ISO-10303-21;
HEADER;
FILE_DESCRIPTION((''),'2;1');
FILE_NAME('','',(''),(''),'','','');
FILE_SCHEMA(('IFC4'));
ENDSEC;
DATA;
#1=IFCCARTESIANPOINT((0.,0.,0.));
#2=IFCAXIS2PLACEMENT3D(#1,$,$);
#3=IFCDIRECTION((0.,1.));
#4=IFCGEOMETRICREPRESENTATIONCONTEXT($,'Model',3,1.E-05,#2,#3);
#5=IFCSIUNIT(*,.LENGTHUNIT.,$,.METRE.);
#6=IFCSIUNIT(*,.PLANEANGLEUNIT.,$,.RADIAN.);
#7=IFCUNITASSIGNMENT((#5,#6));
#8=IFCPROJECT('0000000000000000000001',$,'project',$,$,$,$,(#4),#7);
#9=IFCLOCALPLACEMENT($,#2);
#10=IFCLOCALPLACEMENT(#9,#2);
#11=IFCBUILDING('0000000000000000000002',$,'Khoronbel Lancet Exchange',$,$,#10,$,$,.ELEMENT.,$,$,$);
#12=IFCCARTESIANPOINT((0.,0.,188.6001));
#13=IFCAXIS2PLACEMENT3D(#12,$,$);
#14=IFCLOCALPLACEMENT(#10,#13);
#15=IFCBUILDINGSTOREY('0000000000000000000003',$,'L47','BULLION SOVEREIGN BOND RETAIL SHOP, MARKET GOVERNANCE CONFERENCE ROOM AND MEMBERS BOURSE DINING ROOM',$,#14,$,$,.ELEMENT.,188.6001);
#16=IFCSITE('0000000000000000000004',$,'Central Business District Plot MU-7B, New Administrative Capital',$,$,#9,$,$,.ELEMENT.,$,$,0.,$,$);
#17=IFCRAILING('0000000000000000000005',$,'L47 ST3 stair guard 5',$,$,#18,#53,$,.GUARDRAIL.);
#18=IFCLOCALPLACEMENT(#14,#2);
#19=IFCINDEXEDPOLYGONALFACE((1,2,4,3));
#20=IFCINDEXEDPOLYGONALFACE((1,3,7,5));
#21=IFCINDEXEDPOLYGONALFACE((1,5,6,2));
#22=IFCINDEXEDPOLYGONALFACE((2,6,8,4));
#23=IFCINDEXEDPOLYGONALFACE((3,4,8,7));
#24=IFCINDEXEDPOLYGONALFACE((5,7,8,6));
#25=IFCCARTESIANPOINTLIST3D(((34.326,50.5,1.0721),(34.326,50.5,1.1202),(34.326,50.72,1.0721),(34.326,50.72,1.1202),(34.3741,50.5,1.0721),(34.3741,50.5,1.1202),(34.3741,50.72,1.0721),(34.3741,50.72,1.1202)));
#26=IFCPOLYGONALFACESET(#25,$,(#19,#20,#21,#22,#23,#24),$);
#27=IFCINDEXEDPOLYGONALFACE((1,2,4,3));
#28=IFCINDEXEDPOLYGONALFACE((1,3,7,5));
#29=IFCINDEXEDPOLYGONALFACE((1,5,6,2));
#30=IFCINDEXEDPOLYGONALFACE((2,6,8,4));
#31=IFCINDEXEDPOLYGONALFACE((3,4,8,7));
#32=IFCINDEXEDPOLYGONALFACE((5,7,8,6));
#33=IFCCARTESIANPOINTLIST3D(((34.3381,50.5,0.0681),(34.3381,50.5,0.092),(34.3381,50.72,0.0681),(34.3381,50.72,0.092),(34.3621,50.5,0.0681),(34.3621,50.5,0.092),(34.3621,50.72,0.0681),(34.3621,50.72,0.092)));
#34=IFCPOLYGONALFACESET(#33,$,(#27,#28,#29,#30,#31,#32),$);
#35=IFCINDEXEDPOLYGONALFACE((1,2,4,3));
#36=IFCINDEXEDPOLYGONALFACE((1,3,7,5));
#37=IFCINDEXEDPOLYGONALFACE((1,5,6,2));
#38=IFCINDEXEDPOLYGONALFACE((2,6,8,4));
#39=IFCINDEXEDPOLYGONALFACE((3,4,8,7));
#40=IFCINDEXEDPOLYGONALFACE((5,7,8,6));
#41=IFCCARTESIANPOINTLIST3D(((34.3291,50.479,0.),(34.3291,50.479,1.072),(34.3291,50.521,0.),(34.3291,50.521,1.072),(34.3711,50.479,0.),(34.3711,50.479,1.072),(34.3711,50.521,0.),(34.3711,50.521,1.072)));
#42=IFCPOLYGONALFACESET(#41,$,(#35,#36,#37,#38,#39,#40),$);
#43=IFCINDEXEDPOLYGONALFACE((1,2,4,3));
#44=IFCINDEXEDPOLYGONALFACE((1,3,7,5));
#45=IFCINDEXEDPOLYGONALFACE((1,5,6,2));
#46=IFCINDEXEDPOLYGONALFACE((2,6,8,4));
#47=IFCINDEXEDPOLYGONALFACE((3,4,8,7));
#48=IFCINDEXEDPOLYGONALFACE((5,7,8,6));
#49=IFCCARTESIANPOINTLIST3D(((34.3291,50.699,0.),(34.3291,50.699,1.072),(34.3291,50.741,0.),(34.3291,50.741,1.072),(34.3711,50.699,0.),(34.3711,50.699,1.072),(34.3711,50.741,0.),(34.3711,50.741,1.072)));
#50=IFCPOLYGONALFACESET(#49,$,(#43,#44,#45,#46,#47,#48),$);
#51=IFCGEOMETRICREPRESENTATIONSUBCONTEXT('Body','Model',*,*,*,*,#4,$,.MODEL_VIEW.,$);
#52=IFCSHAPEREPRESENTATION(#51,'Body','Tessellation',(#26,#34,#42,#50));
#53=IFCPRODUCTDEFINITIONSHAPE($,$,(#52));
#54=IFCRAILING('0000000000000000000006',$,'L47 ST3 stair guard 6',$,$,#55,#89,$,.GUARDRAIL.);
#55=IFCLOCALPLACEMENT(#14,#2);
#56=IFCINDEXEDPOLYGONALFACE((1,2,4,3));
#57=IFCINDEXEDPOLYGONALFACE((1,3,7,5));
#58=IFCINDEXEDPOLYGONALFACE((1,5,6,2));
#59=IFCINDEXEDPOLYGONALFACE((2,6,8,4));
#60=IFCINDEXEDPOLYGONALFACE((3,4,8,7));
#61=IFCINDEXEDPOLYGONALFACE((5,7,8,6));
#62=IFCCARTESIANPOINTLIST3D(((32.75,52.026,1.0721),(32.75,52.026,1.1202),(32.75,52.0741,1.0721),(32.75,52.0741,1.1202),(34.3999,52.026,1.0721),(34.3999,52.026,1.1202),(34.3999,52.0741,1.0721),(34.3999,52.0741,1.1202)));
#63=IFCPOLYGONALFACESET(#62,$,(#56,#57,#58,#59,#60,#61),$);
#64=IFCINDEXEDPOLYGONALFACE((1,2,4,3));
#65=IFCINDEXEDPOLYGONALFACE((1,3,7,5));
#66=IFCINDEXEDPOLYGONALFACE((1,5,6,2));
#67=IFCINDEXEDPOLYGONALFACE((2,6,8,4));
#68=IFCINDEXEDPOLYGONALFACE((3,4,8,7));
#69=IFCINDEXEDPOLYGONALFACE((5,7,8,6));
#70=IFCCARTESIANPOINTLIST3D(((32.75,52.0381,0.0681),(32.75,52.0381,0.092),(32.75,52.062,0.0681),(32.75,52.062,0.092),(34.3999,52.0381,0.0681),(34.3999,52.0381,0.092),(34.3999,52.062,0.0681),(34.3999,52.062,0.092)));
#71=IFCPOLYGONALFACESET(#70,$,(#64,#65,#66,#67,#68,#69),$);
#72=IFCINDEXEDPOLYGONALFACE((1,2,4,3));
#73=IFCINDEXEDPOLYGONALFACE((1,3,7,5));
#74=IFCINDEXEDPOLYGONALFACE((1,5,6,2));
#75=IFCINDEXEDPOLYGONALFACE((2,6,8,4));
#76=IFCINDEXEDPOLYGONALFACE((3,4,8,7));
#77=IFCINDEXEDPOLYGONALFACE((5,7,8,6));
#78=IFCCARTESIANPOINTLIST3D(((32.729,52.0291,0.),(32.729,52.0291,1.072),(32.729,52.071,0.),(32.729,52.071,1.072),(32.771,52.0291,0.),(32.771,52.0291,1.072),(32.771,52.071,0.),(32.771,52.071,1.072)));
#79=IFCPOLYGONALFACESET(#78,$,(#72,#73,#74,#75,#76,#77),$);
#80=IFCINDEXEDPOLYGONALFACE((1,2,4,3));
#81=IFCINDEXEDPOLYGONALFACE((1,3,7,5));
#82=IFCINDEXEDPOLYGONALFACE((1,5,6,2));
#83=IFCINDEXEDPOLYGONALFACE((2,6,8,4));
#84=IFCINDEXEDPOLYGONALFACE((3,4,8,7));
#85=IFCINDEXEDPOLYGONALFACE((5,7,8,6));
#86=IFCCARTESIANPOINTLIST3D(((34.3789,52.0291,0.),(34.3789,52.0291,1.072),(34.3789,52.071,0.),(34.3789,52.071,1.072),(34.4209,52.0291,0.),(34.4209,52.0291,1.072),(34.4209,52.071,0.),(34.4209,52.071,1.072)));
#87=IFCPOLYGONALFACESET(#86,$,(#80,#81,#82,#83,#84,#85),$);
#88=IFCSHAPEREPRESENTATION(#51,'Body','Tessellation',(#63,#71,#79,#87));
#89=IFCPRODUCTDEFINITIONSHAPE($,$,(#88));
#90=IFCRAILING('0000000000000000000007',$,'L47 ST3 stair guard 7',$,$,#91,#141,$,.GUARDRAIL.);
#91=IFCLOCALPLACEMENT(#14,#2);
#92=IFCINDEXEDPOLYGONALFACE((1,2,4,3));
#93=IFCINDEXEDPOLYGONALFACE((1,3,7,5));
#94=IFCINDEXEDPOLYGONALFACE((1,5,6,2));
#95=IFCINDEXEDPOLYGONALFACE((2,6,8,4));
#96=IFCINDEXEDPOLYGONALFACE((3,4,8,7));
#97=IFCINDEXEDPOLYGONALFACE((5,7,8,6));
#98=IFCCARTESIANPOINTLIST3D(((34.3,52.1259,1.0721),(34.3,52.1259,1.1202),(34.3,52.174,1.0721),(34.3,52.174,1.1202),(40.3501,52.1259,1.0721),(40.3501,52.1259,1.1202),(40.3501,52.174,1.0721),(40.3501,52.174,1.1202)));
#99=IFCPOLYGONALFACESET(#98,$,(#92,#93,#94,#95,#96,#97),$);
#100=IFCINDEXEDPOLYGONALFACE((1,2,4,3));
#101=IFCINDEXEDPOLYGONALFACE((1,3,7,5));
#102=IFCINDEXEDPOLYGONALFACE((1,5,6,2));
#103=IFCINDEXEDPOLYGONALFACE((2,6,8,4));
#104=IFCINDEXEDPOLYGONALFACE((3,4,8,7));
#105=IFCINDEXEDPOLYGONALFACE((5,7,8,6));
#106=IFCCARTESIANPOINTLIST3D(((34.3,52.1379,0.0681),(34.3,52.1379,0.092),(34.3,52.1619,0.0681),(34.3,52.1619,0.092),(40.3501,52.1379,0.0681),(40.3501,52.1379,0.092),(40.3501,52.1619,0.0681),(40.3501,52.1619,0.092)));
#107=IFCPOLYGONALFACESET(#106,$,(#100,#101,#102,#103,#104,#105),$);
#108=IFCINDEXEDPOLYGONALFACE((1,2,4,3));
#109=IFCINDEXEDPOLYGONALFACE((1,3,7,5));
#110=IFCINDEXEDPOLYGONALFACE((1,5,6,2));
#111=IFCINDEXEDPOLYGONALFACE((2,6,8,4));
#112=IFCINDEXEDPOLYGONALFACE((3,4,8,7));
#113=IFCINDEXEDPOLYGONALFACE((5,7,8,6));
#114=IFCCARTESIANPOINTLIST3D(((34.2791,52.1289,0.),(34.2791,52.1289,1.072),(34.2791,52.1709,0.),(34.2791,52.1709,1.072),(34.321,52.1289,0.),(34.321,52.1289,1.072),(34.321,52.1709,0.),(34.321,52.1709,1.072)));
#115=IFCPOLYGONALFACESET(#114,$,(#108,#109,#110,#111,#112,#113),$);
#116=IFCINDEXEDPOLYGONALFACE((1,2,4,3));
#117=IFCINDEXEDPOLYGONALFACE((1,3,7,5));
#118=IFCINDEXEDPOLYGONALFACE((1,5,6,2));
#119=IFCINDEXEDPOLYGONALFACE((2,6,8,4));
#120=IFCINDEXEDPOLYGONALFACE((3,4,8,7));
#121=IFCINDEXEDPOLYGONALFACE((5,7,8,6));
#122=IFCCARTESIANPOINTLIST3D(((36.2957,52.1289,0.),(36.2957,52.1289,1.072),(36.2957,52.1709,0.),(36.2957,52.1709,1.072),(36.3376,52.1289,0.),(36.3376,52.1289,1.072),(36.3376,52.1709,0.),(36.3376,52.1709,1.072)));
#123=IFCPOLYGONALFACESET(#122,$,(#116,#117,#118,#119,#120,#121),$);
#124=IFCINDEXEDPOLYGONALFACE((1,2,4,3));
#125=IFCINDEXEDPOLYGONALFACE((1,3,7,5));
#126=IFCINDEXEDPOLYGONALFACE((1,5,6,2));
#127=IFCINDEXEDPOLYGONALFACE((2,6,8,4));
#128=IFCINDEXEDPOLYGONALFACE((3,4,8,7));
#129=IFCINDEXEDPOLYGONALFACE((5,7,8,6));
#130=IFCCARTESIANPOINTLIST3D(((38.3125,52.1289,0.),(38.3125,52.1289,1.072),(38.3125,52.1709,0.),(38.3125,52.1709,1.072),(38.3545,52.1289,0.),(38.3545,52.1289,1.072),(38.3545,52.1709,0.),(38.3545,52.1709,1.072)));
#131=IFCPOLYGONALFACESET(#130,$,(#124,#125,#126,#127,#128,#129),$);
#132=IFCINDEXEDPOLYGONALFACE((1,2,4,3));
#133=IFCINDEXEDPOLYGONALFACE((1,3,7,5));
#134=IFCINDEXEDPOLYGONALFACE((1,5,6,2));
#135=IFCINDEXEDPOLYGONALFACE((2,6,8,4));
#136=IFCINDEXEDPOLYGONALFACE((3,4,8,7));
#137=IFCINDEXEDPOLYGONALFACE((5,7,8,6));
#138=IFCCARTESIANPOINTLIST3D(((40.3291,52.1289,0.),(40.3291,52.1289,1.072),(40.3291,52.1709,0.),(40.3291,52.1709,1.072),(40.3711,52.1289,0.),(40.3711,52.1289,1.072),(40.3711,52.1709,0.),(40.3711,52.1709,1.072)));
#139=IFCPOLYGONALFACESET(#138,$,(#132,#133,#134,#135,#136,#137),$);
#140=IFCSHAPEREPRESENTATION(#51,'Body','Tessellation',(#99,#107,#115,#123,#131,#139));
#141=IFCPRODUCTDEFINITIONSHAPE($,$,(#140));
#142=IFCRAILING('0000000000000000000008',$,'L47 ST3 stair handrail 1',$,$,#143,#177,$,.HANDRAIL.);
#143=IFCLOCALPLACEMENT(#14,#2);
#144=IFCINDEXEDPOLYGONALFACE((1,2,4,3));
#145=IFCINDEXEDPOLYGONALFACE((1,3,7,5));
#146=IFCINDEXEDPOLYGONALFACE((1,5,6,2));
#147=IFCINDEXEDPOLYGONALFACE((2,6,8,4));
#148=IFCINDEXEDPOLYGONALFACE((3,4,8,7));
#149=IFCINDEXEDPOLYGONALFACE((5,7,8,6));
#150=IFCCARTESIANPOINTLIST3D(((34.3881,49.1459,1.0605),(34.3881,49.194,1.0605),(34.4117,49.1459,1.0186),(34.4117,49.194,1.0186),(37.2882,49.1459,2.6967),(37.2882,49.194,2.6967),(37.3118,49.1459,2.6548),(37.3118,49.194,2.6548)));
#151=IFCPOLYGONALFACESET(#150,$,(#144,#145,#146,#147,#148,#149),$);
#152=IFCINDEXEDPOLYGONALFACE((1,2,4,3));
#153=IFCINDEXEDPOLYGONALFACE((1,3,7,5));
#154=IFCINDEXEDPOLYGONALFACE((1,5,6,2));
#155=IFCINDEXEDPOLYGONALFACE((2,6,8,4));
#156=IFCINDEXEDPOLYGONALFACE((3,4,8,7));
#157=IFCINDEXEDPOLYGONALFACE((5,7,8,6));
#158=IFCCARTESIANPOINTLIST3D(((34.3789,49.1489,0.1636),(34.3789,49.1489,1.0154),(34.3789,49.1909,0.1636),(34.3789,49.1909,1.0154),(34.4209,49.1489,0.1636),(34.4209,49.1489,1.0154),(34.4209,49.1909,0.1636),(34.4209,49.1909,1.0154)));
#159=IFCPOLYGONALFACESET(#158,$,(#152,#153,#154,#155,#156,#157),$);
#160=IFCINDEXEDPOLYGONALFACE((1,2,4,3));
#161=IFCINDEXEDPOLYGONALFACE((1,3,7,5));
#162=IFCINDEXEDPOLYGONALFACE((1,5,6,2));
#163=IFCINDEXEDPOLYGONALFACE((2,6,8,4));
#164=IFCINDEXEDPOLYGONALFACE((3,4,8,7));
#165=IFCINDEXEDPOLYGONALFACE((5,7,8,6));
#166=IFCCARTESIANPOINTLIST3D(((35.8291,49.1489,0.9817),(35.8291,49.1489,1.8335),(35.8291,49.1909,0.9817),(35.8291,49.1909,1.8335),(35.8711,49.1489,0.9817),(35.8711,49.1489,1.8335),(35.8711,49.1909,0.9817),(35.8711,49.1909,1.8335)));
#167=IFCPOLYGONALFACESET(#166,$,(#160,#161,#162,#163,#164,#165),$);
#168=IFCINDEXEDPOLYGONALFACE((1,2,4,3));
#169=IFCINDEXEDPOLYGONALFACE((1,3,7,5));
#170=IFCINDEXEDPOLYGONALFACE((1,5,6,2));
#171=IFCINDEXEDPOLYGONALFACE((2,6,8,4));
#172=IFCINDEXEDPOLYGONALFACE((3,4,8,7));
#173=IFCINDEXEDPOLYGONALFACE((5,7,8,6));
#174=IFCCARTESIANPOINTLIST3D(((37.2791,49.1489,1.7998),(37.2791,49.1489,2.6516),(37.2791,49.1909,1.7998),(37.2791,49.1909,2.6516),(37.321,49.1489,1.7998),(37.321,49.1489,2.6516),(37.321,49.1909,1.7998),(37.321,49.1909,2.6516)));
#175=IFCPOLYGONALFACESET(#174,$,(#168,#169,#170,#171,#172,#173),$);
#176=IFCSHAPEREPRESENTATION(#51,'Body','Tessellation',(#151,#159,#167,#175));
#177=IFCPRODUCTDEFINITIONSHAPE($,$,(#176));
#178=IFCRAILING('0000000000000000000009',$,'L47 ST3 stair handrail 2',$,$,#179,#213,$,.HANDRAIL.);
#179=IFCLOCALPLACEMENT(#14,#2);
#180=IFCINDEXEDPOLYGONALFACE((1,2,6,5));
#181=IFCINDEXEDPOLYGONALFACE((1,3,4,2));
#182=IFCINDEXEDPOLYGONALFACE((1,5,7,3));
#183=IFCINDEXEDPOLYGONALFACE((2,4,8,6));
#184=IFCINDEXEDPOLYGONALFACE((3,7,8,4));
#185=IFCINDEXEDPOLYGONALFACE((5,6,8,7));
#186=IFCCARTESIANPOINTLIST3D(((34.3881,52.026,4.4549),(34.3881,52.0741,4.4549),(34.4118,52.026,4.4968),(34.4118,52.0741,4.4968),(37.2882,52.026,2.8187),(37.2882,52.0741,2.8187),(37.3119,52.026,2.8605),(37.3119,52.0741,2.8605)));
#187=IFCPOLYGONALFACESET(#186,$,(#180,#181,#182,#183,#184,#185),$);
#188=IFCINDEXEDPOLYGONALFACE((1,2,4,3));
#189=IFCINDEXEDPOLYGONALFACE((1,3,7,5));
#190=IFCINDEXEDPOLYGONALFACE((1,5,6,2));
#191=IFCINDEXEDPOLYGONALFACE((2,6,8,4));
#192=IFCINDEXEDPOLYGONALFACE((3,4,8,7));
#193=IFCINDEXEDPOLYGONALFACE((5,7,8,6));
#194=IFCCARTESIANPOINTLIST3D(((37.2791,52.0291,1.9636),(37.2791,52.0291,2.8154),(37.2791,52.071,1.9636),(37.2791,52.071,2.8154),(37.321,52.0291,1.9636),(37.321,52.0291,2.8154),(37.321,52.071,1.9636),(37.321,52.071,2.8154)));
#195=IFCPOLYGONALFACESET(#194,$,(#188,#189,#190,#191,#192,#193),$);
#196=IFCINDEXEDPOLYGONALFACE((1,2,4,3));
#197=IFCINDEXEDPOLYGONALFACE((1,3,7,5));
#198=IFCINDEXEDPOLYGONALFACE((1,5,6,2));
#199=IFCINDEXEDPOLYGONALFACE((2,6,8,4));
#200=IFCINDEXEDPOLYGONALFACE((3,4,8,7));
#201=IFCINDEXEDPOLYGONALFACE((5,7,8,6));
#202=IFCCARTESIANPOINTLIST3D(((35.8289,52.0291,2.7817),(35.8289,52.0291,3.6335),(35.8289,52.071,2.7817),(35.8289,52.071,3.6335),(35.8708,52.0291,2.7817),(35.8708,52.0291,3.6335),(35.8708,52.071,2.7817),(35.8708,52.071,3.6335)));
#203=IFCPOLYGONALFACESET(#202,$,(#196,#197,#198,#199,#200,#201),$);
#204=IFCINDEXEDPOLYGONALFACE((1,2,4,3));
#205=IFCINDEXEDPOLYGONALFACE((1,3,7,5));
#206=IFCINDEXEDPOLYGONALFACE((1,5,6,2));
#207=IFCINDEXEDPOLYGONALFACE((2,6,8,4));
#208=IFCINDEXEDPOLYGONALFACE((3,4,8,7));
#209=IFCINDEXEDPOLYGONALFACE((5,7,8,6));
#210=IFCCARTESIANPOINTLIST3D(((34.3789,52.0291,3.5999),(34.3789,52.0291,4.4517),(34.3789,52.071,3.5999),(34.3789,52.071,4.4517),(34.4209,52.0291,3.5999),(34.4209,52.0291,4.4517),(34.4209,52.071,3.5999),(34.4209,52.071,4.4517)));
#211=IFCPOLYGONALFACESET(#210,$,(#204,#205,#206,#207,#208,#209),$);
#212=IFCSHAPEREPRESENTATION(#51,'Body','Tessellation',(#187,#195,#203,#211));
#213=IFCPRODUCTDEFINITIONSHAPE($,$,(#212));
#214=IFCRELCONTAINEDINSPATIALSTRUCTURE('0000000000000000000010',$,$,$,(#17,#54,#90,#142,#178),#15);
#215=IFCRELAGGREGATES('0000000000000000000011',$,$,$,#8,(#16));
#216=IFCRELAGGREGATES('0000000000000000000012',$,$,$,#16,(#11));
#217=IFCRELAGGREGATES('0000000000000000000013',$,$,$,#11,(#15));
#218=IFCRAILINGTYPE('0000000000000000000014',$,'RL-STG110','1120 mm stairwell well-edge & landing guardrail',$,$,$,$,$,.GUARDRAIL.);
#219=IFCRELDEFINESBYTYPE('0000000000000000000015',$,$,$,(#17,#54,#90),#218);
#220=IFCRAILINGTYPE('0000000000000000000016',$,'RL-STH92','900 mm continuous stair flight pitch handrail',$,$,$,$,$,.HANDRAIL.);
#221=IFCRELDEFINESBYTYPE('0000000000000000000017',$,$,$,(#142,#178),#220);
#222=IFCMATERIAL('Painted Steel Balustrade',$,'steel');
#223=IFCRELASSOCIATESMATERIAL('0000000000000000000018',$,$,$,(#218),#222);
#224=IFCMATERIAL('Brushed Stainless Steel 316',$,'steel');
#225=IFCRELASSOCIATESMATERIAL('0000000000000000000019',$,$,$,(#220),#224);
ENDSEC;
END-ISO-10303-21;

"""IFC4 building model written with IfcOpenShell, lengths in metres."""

from ifc_helpers import new_model, si_unit, direction, frame, origin, origin_2d, place, context, subcontext, project, spatial, rectangle, extrude, material, type_object, element, save


model = new_model("IFC4")

# Units and contexts
model_context = context("Model", 3, precision=1e-05, world=origin(), true_north=direction((0.0, 1.0)))
body_context = subcontext(model_context, "Body", "Model", "MODEL_VIEW")
ifc_project = project(units=[si_unit("LENGTHUNIT", "METRE"), si_unit("PLANEANGLEUNIT", "RADIAN")], contexts=[model_context])

# Site, building, storey
site_placement = place(None, origin())
site = spatial("IfcSite", under=ifc_project, at=site_placement, Name="Central Business District Plot MU-7B, New Administrative Capital", CompositionType="ELEMENT", RefElevation=0.0)
building_placement = place(site_placement, origin())
building = spatial("IfcBuilding", under=site, at=building_placement, Name="Khoronbel Lancet Exchange", CompositionType="ELEMENT")
storey_placement = place(building_placement, frame((0.0, 0.0, 188.6001)))
storey = spatial("IfcBuildingStorey", under=building, at=storey_placement, Name="L47", Description="BULLION SOVEREIGN BOND RETAIL SHOP, MARKET GOVERNANCE CONFERENCE ROOM AND MEMBERS BOURSE DINING ROOM", CompositionType="ELEMENT", Elevation=188.6001)

# Railings
ifc_material_1 = material(Name="Painted Steel Balustrade", Category="steel")
railing_type_1 = type_object("IfcRailingType", Name="RL-STG110", Description="1120 mm stairwell well-edge & landing guardrail", PredefinedType="GUARDRAIL", material=ifc_material_1)
railing_1_placement = place(storey_placement, frame((34.3501, 50.5, 0.0)))
element("IfcRailing", 1, at=railing_1_placement, inside=storey, type_object=railing_type_1, Name="L47 ST3 stair guard 5", PredefinedType="GUARDRAIL", context=body_context, shape_type="SweptSolid", body=[
    extrude(rectangle(XDim=0.0481, YDim=0.0481, at=origin_2d()), frame((0.0, 0.0, 1.0962), z_axis=(0.0, 1.0, 0.0), x_axis=(-1.0, 0.0, 0.0)), (0.0, 0.0, 1.0), 0.22),
    extrude(rectangle(XDim=0.0239, YDim=0.0239, at=origin_2d()), frame((0.0, 0.0, 0.0801), z_axis=(0.0, 1.0, 0.0), x_axis=(-1.0, 0.0, 0.0)), (0.0, 0.0, 1.0), 0.22),
    extrude(rectangle(XDim=0.042, YDim=0.042, at=origin_2d()), origin(), (0.0, 0.0, 1.0), 1.072),
    extrude(rectangle(XDim=0.042, YDim=0.042, at=origin_2d()), frame((0.0, 0.22, 0.0)), (0.0, 0.0, 1.0), 1.072),
])
railing_2_placement = place(storey_placement, frame((32.75, 52.05, 0.0)))
element("IfcRailing", 2, at=railing_2_placement, inside=storey, type_object=railing_type_1, Name="L47 ST3 stair guard 6", PredefinedType="GUARDRAIL", context=body_context, shape_type="SweptSolid", body=[
    extrude(rectangle(XDim=0.0481, YDim=0.0481, at=origin_2d()), frame((0.0, 0.0, 1.0962), z_axis=(1.0, 0.0, 0.0), x_axis=(0.0, 1.0, 0.0)), (0.0, 0.0, 1.0), 1.6499),
    extrude(rectangle(XDim=0.0239, YDim=0.0239, at=origin_2d()), frame((0.0, 0.0, 0.0801), z_axis=(1.0, 0.0, 0.0), x_axis=(0.0, 1.0, 0.0)), (0.0, 0.0, 1.0), 1.6499),
    extrude(rectangle(XDim=0.042, YDim=0.042, at=origin_2d()), origin(), (0.0, 0.0, 1.0), 1.072),
    extrude(rectangle(XDim=0.042, YDim=0.042, at=origin_2d()), frame((1.6499, 0.0, 0.0)), (0.0, 0.0, 1.0), 1.072),
])
railing_3_placement = place(storey_placement, frame((34.3, 52.1499, 0.0)))
element("IfcRailing", 3, at=railing_3_placement, inside=storey, type_object=railing_type_1, Name="L47 ST3 stair guard 7", PredefinedType="GUARDRAIL", context=body_context, shape_type="SweptSolid", body=[
    extrude(rectangle(XDim=0.0481, YDim=0.0481, at=origin_2d()), frame((0.0, 0.0, 1.0962), z_axis=(1.0, 0.0, 0.0), x_axis=(0.0, 1.0, 0.0)), (0.0, 0.0, 1.0), 6.05),
    extrude(rectangle(XDim=0.0239, YDim=0.0239, at=origin_2d()), frame((0.0, 0.0, 0.0801), z_axis=(1.0, 0.0, 0.0), x_axis=(0.0, 1.0, 0.0)), (0.0, 0.0, 1.0), 6.05),
    extrude(rectangle(XDim=0.042, YDim=0.042, at=origin_2d()), origin(), (0.0, 0.0, 1.0), 1.072),
    extrude(rectangle(XDim=0.042, YDim=0.042, at=origin_2d()), frame((2.0166, 0.0, 0.0)), (0.0, 0.0, 1.0), 1.072),
    extrude(rectangle(XDim=0.042, YDim=0.042, at=origin_2d()), frame((4.0334, 0.0, 0.0)), (0.0, 0.0, 1.0), 1.072),
    extrude(rectangle(XDim=0.042, YDim=0.042, at=origin_2d()), frame((6.05, 0.0, 0.0)), (0.0, 0.0, 1.0), 1.072),
])
ifc_material_2 = material(Name="Brushed Stainless Steel 316", Category="steel")
railing_type_2 = type_object("IfcRailingType", Name="RL-STH92", Description="900 mm continuous stair flight pitch handrail", PredefinedType="HANDRAIL", material=ifc_material_2)
railing_4_placement = place(storey_placement, frame((34.3999, 49.1699, 0.1636)))
element("IfcRailing", 4, at=railing_4_placement, inside=storey, type_object=railing_type_2, Name="L47 ST3 stair handrail 1", PredefinedType="HANDRAIL", context=body_context, shape_type="SweptSolid", body=[
    extrude(rectangle(XDim=0.0481, YDim=0.0481, at=origin_2d()), frame((0.0, 0.0, 0.876), z_axis=(0.870946, 0.0, 0.491378), x_axis=(0.0, 1.0, 0.0)), (0.0, 0.0, 1.0), 3.3298),
    extrude(rectangle(XDim=0.042, YDim=0.042, at=origin_2d()), origin(), (0.0, 0.0, 1.0), 0.8518),
    extrude(rectangle(XDim=0.042, YDim=0.042, at=origin_2d()), frame((1.4502, 0.0, 0.8181)), (0.0, 0.0, 1.0), 0.8518),
    extrude(rectangle(XDim=0.042, YDim=0.042, at=origin_2d()), frame((2.9001, 0.0, 1.6362)), (0.0, 0.0, 1.0), 0.8518),
])
railing_5_placement = place(storey_placement, frame((37.3, 52.05, 1.9636)))
element("IfcRailing", 5, at=railing_5_placement, inside=storey, type_object=railing_type_2, Name="L47 ST3 stair handrail 2", PredefinedType="HANDRAIL", context=body_context, shape_type="SweptSolid", body=[
    extrude(rectangle(XDim=0.0481, YDim=0.0481, at=origin_2d()), frame((0.0, 0.0, 0.876), z_axis=(-0.870946, 0.0, 0.491378), x_axis=(0.0, -1.0, 0.0)), (0.0, 0.0, 1.0), 3.3298),
    extrude(rectangle(XDim=0.042, YDim=0.042, at=origin_2d()), origin(), (0.0, 0.0, 1.0), 0.8518),
    extrude(rectangle(XDim=0.042, YDim=0.042, at=origin_2d()), frame((-1.4502, 0.0, 0.8181)), (0.0, 0.0, 1.0), 0.8518),
    extrude(rectangle(XDim=0.042, YDim=0.042, at=origin_2d()), frame((-2.9001, 0.0, 1.6362)), (0.0, 0.0, 1.0), 0.8518),
])

save(model, "model.ifc")
